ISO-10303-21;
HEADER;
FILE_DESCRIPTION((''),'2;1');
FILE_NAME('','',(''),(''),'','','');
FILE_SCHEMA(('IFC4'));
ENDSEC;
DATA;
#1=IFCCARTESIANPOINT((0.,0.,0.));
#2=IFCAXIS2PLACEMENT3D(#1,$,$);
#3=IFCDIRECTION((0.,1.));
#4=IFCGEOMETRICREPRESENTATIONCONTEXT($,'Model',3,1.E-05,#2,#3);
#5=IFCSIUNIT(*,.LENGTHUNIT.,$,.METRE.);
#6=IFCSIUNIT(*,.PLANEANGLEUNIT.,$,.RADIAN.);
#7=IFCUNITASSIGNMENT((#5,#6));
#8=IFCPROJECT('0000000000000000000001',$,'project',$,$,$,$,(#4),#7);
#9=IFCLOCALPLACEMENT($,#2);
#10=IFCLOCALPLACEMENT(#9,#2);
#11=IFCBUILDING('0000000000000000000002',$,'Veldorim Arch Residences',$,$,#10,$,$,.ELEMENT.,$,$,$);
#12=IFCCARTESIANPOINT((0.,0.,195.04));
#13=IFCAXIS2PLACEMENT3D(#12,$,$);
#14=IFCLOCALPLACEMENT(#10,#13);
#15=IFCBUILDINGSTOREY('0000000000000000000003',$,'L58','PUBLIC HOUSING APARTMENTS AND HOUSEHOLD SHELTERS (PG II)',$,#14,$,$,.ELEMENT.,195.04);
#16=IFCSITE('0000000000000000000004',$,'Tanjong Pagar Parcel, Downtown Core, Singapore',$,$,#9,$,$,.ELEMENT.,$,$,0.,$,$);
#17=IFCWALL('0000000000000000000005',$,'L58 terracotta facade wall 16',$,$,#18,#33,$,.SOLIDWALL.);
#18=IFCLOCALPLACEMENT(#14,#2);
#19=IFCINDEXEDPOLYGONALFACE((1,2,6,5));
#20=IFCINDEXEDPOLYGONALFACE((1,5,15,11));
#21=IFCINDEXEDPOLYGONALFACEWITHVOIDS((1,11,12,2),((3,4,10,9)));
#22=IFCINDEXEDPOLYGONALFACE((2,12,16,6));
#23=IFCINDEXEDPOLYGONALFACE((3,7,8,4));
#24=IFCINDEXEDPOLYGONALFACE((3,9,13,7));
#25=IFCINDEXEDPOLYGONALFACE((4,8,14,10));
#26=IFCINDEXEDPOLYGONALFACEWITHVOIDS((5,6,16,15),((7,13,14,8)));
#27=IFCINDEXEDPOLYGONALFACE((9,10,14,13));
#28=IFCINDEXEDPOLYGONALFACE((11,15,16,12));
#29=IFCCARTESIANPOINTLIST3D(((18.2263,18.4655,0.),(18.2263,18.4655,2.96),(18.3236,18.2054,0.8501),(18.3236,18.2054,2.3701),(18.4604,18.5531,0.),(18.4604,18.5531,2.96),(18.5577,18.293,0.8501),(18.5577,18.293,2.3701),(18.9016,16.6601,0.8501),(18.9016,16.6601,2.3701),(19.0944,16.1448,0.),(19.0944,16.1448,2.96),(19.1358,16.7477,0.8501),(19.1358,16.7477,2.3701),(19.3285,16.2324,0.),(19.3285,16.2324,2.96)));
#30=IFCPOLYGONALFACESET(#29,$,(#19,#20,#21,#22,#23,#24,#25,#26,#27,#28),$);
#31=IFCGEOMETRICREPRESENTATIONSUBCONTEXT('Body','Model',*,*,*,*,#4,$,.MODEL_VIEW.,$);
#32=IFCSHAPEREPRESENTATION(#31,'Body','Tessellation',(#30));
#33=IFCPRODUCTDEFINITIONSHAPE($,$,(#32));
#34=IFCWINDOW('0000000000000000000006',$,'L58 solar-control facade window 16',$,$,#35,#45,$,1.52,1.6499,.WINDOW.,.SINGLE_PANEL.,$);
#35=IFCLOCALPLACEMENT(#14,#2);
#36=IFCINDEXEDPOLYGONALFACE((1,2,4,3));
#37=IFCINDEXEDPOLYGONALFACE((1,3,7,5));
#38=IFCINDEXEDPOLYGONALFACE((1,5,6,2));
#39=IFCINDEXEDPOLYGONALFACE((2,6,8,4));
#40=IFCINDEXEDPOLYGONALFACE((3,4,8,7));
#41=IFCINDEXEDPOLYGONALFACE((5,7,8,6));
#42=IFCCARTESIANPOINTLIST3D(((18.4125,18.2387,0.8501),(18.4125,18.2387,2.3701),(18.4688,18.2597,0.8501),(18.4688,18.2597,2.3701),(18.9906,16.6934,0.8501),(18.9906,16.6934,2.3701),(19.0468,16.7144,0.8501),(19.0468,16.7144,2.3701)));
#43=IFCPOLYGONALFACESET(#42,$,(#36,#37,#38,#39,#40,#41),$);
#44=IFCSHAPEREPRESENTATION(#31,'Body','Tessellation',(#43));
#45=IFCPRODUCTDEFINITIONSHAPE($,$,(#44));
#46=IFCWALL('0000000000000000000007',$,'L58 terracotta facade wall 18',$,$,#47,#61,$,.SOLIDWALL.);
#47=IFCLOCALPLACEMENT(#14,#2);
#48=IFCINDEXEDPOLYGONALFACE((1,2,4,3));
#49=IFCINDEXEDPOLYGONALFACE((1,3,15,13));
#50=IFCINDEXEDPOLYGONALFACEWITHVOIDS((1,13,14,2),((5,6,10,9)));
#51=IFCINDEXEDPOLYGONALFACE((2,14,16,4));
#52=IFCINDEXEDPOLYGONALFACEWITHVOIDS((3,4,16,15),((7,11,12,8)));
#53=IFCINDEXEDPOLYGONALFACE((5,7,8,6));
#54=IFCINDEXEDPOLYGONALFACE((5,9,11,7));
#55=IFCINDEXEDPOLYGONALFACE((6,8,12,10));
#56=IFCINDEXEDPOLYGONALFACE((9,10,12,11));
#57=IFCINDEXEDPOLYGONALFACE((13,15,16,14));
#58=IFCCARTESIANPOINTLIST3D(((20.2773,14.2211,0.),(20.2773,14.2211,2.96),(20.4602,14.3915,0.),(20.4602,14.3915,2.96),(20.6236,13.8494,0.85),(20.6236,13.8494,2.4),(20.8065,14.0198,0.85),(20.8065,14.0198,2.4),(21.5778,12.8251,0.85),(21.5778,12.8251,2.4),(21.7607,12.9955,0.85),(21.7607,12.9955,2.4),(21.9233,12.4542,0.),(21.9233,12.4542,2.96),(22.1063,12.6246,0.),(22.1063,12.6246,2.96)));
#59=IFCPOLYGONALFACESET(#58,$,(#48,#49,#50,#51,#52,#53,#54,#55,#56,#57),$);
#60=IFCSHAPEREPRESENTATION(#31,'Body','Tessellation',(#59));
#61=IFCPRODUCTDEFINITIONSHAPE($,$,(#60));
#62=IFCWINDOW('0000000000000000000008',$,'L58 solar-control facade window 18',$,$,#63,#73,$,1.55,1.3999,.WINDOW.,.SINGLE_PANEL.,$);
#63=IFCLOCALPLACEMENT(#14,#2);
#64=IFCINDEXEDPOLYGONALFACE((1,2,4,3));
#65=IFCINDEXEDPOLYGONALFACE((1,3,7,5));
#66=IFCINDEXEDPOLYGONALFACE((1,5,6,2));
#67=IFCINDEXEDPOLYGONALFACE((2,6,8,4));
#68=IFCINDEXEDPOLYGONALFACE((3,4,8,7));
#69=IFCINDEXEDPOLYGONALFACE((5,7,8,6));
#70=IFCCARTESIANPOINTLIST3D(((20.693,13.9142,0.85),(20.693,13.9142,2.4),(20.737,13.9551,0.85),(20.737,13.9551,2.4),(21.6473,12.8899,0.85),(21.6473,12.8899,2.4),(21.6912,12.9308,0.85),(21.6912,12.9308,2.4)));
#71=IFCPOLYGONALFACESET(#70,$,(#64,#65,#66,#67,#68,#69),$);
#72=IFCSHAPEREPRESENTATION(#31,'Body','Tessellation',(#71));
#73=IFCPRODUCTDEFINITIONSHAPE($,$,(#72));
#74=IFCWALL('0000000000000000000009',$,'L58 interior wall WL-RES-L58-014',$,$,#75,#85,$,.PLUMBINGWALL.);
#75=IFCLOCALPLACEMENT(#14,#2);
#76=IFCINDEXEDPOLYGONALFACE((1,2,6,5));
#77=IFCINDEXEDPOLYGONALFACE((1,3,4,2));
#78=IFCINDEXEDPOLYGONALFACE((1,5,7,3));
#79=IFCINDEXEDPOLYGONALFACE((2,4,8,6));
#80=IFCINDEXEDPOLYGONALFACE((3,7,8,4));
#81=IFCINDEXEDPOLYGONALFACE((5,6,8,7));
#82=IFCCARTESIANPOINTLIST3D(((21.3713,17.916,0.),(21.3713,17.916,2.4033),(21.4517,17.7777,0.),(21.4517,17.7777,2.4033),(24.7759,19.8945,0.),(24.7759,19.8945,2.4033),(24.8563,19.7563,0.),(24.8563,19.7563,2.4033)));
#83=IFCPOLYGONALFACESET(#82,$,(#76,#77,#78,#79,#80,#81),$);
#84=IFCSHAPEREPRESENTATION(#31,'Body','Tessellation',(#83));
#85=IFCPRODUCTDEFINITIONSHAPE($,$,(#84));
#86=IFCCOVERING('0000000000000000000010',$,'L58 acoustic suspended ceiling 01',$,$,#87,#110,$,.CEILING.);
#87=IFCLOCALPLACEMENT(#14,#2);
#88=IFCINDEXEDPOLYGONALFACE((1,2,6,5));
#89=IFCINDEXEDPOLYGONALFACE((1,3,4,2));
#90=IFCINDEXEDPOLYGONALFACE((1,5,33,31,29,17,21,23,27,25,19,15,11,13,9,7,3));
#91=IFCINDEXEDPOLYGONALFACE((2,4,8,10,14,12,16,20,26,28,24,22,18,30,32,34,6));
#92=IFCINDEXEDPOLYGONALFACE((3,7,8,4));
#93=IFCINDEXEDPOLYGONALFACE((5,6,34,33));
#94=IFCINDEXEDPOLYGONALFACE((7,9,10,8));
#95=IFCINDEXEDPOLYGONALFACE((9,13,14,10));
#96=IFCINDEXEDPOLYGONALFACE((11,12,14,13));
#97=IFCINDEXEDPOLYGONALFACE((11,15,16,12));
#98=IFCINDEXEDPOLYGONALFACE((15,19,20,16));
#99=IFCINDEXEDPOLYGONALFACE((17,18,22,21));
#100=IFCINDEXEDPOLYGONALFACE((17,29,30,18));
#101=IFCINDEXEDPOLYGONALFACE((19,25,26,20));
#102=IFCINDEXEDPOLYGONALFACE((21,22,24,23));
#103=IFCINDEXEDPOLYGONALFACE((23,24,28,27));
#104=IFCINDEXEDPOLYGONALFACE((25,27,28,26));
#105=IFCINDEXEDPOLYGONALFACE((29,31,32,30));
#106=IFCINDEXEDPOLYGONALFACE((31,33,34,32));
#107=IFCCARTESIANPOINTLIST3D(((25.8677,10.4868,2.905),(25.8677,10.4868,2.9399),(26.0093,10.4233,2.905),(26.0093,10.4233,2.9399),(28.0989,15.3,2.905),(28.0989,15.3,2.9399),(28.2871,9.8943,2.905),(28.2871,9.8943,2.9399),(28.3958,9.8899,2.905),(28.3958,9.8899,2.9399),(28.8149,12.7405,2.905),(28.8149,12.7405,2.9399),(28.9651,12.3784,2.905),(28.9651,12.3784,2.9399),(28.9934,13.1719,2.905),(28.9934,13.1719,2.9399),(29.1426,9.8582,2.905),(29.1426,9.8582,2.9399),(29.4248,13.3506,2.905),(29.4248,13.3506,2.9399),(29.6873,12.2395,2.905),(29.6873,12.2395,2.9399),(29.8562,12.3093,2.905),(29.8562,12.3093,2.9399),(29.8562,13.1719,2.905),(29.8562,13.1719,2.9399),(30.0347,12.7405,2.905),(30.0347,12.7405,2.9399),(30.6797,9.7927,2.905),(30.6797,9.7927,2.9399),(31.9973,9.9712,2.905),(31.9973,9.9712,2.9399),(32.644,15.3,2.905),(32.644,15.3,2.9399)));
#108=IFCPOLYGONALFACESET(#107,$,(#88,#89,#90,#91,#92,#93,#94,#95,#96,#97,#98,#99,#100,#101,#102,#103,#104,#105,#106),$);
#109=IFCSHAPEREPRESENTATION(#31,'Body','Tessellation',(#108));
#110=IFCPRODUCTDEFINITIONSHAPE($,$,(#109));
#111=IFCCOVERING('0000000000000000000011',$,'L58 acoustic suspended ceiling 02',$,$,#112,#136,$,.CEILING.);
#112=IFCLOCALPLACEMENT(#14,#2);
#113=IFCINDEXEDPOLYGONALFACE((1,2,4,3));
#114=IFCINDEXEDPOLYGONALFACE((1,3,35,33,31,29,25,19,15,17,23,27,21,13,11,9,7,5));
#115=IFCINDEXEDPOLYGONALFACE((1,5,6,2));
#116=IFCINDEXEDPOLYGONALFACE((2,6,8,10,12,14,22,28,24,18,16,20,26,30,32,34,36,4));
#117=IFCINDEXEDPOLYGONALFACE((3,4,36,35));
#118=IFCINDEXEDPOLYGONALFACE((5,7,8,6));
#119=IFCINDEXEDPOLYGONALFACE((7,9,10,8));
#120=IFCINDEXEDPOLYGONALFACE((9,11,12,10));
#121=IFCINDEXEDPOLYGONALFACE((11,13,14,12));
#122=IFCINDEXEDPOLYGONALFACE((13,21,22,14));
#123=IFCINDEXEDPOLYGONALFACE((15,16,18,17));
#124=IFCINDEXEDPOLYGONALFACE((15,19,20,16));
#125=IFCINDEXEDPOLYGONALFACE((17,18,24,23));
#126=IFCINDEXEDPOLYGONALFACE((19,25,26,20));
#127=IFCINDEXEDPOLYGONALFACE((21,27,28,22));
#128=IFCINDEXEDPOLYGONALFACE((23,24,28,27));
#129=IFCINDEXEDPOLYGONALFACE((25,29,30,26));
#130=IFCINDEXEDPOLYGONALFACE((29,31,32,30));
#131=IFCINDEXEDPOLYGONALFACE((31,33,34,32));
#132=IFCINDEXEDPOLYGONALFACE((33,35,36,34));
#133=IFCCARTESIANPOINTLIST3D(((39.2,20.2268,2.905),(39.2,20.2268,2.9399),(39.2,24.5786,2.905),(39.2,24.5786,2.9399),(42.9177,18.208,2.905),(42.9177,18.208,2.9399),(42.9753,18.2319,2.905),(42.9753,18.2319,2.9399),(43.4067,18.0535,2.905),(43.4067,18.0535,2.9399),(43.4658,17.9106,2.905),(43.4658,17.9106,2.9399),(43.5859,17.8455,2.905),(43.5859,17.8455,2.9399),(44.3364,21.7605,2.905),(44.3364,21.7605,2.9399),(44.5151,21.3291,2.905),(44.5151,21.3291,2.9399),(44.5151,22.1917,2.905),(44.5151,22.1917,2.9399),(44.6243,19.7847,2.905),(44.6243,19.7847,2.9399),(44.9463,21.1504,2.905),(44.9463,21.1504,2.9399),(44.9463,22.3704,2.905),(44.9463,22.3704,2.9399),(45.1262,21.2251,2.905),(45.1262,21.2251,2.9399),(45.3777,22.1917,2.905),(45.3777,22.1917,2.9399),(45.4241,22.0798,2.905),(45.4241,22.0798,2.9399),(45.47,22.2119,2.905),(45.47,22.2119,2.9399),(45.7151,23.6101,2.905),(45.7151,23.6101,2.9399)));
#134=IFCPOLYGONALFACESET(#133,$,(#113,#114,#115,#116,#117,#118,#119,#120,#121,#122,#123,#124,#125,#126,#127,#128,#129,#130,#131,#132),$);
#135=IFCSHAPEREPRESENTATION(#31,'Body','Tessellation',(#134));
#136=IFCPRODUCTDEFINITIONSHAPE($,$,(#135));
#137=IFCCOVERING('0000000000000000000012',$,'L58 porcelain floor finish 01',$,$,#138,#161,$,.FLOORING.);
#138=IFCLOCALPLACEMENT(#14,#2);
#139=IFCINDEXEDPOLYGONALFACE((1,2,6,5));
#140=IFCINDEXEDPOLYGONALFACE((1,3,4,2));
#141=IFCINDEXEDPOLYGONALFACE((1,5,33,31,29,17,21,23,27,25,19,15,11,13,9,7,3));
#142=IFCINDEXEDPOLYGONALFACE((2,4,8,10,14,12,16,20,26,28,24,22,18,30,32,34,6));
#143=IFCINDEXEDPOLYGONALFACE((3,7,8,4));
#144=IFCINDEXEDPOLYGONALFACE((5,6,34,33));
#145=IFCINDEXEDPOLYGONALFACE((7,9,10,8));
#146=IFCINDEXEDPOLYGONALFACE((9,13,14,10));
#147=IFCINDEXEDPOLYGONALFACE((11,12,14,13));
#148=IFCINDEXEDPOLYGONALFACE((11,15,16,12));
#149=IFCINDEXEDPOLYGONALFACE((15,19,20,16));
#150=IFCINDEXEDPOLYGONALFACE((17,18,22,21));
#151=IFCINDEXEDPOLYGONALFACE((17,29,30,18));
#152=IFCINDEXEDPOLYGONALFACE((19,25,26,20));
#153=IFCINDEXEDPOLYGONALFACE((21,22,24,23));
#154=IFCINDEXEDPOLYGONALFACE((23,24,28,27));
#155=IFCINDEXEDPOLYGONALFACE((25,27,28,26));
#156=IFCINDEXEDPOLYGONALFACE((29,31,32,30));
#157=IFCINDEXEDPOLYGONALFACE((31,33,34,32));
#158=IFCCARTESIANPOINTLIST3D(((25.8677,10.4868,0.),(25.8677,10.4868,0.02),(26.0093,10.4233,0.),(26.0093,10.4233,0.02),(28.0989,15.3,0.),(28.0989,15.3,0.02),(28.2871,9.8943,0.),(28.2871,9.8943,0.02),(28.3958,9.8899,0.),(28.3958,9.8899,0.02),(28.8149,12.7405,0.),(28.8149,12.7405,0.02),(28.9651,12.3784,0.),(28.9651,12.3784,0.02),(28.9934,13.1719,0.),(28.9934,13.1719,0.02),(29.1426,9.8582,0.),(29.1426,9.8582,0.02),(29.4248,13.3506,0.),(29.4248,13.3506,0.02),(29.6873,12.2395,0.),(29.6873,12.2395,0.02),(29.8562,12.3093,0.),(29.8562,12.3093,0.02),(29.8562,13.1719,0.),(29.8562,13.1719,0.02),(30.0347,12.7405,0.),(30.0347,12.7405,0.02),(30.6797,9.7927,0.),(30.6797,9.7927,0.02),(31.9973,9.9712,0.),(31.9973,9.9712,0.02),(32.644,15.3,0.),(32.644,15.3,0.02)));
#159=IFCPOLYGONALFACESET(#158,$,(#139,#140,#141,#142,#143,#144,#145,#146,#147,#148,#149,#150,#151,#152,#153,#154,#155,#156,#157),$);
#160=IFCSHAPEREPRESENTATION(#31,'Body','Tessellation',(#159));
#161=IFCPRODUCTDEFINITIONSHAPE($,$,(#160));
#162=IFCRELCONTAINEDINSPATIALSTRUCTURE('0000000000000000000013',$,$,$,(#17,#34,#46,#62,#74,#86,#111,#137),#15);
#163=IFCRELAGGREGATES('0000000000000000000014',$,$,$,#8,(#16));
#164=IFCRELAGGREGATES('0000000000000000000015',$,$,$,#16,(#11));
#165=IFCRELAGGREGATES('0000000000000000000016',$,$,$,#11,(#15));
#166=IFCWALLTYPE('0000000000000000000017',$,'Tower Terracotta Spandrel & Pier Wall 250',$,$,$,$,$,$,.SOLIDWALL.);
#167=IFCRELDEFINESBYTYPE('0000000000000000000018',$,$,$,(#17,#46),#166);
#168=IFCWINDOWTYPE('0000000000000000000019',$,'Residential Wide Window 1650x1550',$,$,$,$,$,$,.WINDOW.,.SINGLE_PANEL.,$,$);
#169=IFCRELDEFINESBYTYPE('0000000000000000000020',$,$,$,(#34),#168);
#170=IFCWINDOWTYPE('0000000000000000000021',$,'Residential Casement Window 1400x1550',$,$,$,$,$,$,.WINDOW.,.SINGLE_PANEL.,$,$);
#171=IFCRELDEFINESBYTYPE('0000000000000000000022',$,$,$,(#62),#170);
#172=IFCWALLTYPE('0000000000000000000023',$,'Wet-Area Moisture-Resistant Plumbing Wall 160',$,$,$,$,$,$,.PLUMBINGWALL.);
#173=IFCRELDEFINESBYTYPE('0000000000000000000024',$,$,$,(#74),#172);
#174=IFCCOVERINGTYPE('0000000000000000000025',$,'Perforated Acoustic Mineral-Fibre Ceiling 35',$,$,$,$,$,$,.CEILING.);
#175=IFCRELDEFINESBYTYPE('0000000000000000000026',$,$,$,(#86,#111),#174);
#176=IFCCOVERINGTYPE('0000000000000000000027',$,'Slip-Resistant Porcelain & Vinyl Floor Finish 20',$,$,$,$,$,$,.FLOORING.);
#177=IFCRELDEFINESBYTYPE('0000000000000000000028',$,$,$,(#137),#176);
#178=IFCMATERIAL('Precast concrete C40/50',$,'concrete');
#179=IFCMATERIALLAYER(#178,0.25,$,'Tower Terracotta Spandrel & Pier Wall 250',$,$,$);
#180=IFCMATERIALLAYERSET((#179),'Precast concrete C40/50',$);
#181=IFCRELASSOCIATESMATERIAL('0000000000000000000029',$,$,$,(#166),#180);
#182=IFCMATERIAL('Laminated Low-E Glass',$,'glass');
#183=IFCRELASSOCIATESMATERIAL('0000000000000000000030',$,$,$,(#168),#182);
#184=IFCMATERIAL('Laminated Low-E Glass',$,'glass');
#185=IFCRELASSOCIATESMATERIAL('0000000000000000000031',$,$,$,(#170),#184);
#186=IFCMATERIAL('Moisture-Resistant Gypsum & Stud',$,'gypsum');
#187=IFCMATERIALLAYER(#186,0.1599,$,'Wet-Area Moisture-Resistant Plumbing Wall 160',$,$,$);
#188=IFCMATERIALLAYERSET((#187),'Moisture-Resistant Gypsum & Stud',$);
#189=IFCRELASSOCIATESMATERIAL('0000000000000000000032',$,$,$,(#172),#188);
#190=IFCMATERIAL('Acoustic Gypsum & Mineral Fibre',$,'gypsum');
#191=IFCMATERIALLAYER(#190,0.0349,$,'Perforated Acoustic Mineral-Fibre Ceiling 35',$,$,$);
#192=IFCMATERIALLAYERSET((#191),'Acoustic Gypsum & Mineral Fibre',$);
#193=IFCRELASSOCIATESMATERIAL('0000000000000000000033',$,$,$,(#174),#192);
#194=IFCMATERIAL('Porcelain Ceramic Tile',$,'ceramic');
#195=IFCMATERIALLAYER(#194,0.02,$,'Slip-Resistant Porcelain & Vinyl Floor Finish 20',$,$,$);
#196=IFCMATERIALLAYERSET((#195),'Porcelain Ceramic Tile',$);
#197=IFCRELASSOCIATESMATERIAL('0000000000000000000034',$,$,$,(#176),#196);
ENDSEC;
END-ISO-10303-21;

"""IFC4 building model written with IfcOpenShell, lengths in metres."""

from ifc_helpers import new_model, si_unit, direction, frame, frame_2d, origin, place, context, subcontext, project, spatial, polyline, rectangle, outline, extrude, material, layer, layer_set, type_object, element, fill, save


model = new_model("IFC4")

# Units and contexts
model_context = context("Model", 3, precision=1e-05, world=origin(), true_north=direction((0.0, 1.0)))
body_context = subcontext(model_context, "Body", "Model", "MODEL_VIEW")
ifc_project = project(units=[si_unit("LENGTHUNIT", "METRE"), si_unit("PLANEANGLEUNIT", "RADIAN")], contexts=[model_context])

# Site, building, storey
site_placement = place(None, origin())
site = spatial("IfcSite", under=ifc_project, at=site_placement, Name="Tanjong Pagar Parcel, Downtown Core, Singapore", CompositionType="ELEMENT", RefElevation=0.0)
building_placement = place(site_placement, origin())
building = spatial("IfcBuilding", under=site, at=building_placement, Name="Veldorim Arch Residences", CompositionType="ELEMENT")
storey_placement = place(building_placement, frame((0.0, 0.0, 195.04)))
storey = spatial("IfcBuildingStorey", under=building, at=storey_placement, Name="L58", Description="PUBLIC HOUSING APARTMENTS AND HOUSEHOLD SHELTERS (PG II)", CompositionType="ELEMENT", Elevation=195.04)

# Shared definitions
ifc_material_1 = material(Name="Precast concrete C40/50", Category="concrete")
ifc_layer_1 = layer(ifc_material_1, 0.25, Name="Tower Terracotta Spandrel & Pier Wall 250")
ifc_layer_set_1 = layer_set([ifc_layer_1], Name="Precast concrete C40/50")
wall_type_1 = type_object("IfcWallType", Name="Tower Terracotta Spandrel & Pier Wall 250", PredefinedType="SOLIDWALL", material=ifc_layer_set_1)

# Walls, openings, windows
wall_1_placement = place(storey_placement, frame((19.2114, 16.1887, 0.0), z_axis=(0.0, 0.0, 1.0), x_axis=(-0.350367, 0.936612, 0.0)))
wall_1 = element("IfcWall", 1, at=wall_1_placement, inside=storey, type_object=wall_type_1, Name="L58 terracotta facade wall 16", PredefinedType="SOLIDWALL", context=body_context, shape_type="SweptSolid", body=[
    extrude(rectangle(XDim=2.4778, YDim=0.25, at=frame_2d((1.2388, 0.0))), origin(), (0.0, 0.0, 1.0), 2.96),
])
opening_1_placement = place(wall_1_placement, frame((0.55, 0.0, 0.8501)))
opening_1 = element("IfcOpeningElement", 2, at=opening_1_placement, cuts=wall_1, PredefinedType="OPENING", context=body_context, shape_type="SweptSolid", body=[
    extrude(rectangle(XDim=1.6499, YDim=1.52, at=frame_2d((0.825, 0.76))), frame((0.0, 0.135, 0.0), z_axis=(0.0, -1.0, 0.0), x_axis=(1.0, 0.0, 0.0)), (0.0, 0.0, 1.0), 0.27),
])
ifc_material_2 = material(Name="Laminated Low-E Glass", Category="glass")
window_type_1 = type_object("IfcWindowType", Name="Residential Wide Window 1650x1550", PartitioningType="SINGLE_PANEL", PredefinedType="WINDOW", material=ifc_material_2)
window_1_placement = place(opening_1_placement, origin())
window_1 = element("IfcWindow", 3, at=window_1_placement, inside=storey, type_object=window_type_1, Name="L58 solar-control facade window 16", OverallHeight=1.52, OverallWidth=1.6499, PartitioningType="SINGLE_PANEL", PredefinedType="WINDOW", context=body_context, shape_type="SweptSolid", body=[
    extrude(rectangle(XDim=1.6499, YDim=1.52, at=frame_2d((0.825, 0.76))), frame((0.0, 0.03, 0.0), z_axis=(0.0, -1.0, 0.0), x_axis=(1.0, 0.0, 0.0)), (0.0, 0.0, 1.0), 0.0601),
])
fill(opening_1, window_1)
wall_2_placement = place(storey_placement, frame((22.0149, 12.5393, 0.0), z_axis=(0.0, 0.0, 1.0), x_axis=(-0.681641, 0.731687, 0.0)))
wall_2 = element("IfcWall", 4, at=wall_2_placement, inside=storey, type_object=wall_type_1, Name="L58 terracotta facade wall 18", PredefinedType="SOLIDWALL", context=body_context, shape_type="SweptSolid", body=[
    extrude(rectangle(XDim=2.4148, YDim=0.25, at=frame_2d((1.2075, 0.0))), origin(), (0.0, 0.0, 1.0), 2.96),
])
opening_2_placement = place(wall_2_placement, frame((0.5071, 0.0, 0.8501)))
opening_2 = element("IfcOpeningElement", 5, at=opening_2_placement, cuts=wall_2, PredefinedType="OPENING", context=body_context, shape_type="SweptSolid", body=[
    extrude(rectangle(XDim=1.3999, YDim=1.55, at=frame_2d((0.7, 0.7749))), frame((0.0, 0.135, 0.0), z_axis=(0.0, -1.0, 0.0), x_axis=(1.0, 0.0, 0.0)), (0.0, 0.0, 1.0), 0.27),
])
ifc_material_3 = material(Name="Laminated Low-E Glass", Category="glass")
window_type_2 = type_object("IfcWindowType", Name="Residential Casement Window 1400x1550", PartitioningType="SINGLE_PANEL", PredefinedType="WINDOW", material=ifc_material_3)
window_2_placement = place(opening_2_placement, origin())
window_2 = element("IfcWindow", 6, at=window_2_placement, inside=storey, type_object=window_type_2, Name="L58 solar-control facade window 18", OverallHeight=1.55, OverallWidth=1.3999, PartitioningType="SINGLE_PANEL", PredefinedType="WINDOW", context=body_context, shape_type="SweptSolid", body=[
    extrude(rectangle(XDim=1.3999, YDim=1.55, at=frame_2d((0.7, 0.7749))), frame((0.0, 0.03, 0.0), z_axis=(0.0, -1.0, 0.0), x_axis=(1.0, 0.0, 0.0)), (0.0, 0.0, 1.0), 0.0601),
])
fill(opening_2, window_2)

# Wall
ifc_material_4 = material(Name="Moisture-Resistant Gypsum & Stud", Category="gypsum")
ifc_layer_2 = layer(ifc_material_4, 0.1599, Name="Wet-Area Moisture-Resistant Plumbing Wall 160")
ifc_layer_set_2 = layer_set([ifc_layer_2], Name="Moisture-Resistant Gypsum & Stud")
wall_type_2 = type_object("IfcWallType", Name="Wet-Area Moisture-Resistant Plumbing Wall 160", PredefinedType="PLUMBINGWALL", material=ifc_layer_set_2)
wall_3_placement = place(storey_placement, frame((21.4116, 17.8469, 0.0), z_axis=(0.0, 0.0, 1.0), x_axis=(0.864603, 0.502456, 0.0)))
element("IfcWall", 7, at=wall_3_placement, inside=storey, type_object=wall_type_2, Name="L58 interior wall WL-RES-L58-014", PredefinedType="PLUMBINGWALL", context=body_context, shape_type="SweptSolid", body=[
    extrude(rectangle(XDim=3.9377, YDim=0.1599, at=frame_2d((1.9688, 0.0))), origin(), (0.0, 0.0, 1.0), 2.4033),
])

# Coverings
ifc_material_5 = material(Name="Acoustic Gypsum & Mineral Fibre", Category="gypsum")
ifc_layer_3 = layer(ifc_material_5, 0.0349, Name="Perforated Acoustic Mineral-Fibre Ceiling 35")
ifc_layer_set_3 = layer_set([ifc_layer_3], Name="Acoustic Gypsum & Mineral Fibre")
covering_type_1 = type_object("IfcCoveringType", Name="Perforated Acoustic Mineral-Fibre Ceiling 35", PredefinedType="CEILING", material=ifc_layer_set_3)
covering_1_placement = place(storey_placement, frame((0.0, 0.0, 2.905)))
element("IfcCovering", 8, at=covering_1_placement, inside=storey, type_object=covering_type_1, Name="L58 acoustic suspended ceiling 01", PredefinedType="CEILING", context=body_context, shape_type="SweptSolid", body=[
    extrude(outline(polyline([(28.3958, 9.8899), (28.2871, 9.8943), (26.0093, 10.4233), (25.8677, 10.4868), (28.0989, 15.3), (32.644, 15.3), (31.9973, 9.9712), (30.6797, 9.7927), (29.1426, 9.8582), (29.6873, 12.2395), (29.8562, 12.3093), (30.0347, 12.7405), (29.8562, 13.1719), (29.4248, 13.3506), (28.9934, 13.1719), (28.8149, 12.7405), (28.9651, 12.3784), (28.3958, 9.8899)])), origin(), (0.0, 0.0, 1.0), 0.0349),
])
covering_2_placement = place(storey_placement, frame((0.0, 0.0, 2.905)))
element("IfcCovering", 9, at=covering_2_placement, inside=storey, type_object=covering_type_1, Name="L58 acoustic suspended ceiling 02", PredefinedType="CEILING", context=body_context, shape_type="SweptSolid", body=[
    extrude(outline(polyline([(44.6243, 19.7847), (43.5859, 17.8455), (43.4658, 17.9106), (43.4067, 18.0535), (42.9753, 18.2319), (42.9177, 18.208), (39.2, 20.2268), (39.2, 24.5786), (45.7151, 23.6101), (45.47, 22.2119), (45.4241, 22.0798), (45.3777, 22.1917), (44.9463, 22.3704), (44.5151, 22.1917), (44.3364, 21.7605), (44.5151, 21.3291), (44.9463, 21.1504), (45.1262, 21.2251), (44.6243, 19.7847)])), origin(), (0.0, 0.0, 1.0), 0.0349),
])
ifc_material_6 = material(Name="Porcelain Ceramic Tile", Category="ceramic")
ifc_layer_4 = layer(ifc_material_6, 0.02, Name="Slip-Resistant Porcelain & Vinyl Floor Finish 20")
ifc_layer_set_4 = layer_set([ifc_layer_4], Name="Porcelain Ceramic Tile")
covering_type_2 = type_object("IfcCoveringType", Name="Slip-Resistant Porcelain & Vinyl Floor Finish 20", PredefinedType="FLOORING", material=ifc_layer_set_4)
covering_3_placement = place(storey_placement, origin())
element("IfcCovering", 10, at=covering_3_placement, inside=storey, type_object=covering_type_2, Name="L58 porcelain floor finish 01", PredefinedType="FLOORING", context=body_context, shape_type="SweptSolid", body=[
    extrude(outline(polyline([(28.3958, 9.8899), (28.2871, 9.8943), (26.0093, 10.4233), (25.8677, 10.4868), (28.0989, 15.3), (32.644, 15.3), (31.9973, 9.9712), (30.6797, 9.7927), (29.1426, 9.8582), (29.6873, 12.2395), (29.8562, 12.3093), (30.0347, 12.7405), (29.8562, 13.1719), (29.4248, 13.3506), (28.9934, 13.1719), (28.8149, 12.7405), (28.9651, 12.3784), (28.3958, 9.8899)])), origin(), (0.0, 0.0, 1.0), 0.02),
])

save(model, "model.ifc")
